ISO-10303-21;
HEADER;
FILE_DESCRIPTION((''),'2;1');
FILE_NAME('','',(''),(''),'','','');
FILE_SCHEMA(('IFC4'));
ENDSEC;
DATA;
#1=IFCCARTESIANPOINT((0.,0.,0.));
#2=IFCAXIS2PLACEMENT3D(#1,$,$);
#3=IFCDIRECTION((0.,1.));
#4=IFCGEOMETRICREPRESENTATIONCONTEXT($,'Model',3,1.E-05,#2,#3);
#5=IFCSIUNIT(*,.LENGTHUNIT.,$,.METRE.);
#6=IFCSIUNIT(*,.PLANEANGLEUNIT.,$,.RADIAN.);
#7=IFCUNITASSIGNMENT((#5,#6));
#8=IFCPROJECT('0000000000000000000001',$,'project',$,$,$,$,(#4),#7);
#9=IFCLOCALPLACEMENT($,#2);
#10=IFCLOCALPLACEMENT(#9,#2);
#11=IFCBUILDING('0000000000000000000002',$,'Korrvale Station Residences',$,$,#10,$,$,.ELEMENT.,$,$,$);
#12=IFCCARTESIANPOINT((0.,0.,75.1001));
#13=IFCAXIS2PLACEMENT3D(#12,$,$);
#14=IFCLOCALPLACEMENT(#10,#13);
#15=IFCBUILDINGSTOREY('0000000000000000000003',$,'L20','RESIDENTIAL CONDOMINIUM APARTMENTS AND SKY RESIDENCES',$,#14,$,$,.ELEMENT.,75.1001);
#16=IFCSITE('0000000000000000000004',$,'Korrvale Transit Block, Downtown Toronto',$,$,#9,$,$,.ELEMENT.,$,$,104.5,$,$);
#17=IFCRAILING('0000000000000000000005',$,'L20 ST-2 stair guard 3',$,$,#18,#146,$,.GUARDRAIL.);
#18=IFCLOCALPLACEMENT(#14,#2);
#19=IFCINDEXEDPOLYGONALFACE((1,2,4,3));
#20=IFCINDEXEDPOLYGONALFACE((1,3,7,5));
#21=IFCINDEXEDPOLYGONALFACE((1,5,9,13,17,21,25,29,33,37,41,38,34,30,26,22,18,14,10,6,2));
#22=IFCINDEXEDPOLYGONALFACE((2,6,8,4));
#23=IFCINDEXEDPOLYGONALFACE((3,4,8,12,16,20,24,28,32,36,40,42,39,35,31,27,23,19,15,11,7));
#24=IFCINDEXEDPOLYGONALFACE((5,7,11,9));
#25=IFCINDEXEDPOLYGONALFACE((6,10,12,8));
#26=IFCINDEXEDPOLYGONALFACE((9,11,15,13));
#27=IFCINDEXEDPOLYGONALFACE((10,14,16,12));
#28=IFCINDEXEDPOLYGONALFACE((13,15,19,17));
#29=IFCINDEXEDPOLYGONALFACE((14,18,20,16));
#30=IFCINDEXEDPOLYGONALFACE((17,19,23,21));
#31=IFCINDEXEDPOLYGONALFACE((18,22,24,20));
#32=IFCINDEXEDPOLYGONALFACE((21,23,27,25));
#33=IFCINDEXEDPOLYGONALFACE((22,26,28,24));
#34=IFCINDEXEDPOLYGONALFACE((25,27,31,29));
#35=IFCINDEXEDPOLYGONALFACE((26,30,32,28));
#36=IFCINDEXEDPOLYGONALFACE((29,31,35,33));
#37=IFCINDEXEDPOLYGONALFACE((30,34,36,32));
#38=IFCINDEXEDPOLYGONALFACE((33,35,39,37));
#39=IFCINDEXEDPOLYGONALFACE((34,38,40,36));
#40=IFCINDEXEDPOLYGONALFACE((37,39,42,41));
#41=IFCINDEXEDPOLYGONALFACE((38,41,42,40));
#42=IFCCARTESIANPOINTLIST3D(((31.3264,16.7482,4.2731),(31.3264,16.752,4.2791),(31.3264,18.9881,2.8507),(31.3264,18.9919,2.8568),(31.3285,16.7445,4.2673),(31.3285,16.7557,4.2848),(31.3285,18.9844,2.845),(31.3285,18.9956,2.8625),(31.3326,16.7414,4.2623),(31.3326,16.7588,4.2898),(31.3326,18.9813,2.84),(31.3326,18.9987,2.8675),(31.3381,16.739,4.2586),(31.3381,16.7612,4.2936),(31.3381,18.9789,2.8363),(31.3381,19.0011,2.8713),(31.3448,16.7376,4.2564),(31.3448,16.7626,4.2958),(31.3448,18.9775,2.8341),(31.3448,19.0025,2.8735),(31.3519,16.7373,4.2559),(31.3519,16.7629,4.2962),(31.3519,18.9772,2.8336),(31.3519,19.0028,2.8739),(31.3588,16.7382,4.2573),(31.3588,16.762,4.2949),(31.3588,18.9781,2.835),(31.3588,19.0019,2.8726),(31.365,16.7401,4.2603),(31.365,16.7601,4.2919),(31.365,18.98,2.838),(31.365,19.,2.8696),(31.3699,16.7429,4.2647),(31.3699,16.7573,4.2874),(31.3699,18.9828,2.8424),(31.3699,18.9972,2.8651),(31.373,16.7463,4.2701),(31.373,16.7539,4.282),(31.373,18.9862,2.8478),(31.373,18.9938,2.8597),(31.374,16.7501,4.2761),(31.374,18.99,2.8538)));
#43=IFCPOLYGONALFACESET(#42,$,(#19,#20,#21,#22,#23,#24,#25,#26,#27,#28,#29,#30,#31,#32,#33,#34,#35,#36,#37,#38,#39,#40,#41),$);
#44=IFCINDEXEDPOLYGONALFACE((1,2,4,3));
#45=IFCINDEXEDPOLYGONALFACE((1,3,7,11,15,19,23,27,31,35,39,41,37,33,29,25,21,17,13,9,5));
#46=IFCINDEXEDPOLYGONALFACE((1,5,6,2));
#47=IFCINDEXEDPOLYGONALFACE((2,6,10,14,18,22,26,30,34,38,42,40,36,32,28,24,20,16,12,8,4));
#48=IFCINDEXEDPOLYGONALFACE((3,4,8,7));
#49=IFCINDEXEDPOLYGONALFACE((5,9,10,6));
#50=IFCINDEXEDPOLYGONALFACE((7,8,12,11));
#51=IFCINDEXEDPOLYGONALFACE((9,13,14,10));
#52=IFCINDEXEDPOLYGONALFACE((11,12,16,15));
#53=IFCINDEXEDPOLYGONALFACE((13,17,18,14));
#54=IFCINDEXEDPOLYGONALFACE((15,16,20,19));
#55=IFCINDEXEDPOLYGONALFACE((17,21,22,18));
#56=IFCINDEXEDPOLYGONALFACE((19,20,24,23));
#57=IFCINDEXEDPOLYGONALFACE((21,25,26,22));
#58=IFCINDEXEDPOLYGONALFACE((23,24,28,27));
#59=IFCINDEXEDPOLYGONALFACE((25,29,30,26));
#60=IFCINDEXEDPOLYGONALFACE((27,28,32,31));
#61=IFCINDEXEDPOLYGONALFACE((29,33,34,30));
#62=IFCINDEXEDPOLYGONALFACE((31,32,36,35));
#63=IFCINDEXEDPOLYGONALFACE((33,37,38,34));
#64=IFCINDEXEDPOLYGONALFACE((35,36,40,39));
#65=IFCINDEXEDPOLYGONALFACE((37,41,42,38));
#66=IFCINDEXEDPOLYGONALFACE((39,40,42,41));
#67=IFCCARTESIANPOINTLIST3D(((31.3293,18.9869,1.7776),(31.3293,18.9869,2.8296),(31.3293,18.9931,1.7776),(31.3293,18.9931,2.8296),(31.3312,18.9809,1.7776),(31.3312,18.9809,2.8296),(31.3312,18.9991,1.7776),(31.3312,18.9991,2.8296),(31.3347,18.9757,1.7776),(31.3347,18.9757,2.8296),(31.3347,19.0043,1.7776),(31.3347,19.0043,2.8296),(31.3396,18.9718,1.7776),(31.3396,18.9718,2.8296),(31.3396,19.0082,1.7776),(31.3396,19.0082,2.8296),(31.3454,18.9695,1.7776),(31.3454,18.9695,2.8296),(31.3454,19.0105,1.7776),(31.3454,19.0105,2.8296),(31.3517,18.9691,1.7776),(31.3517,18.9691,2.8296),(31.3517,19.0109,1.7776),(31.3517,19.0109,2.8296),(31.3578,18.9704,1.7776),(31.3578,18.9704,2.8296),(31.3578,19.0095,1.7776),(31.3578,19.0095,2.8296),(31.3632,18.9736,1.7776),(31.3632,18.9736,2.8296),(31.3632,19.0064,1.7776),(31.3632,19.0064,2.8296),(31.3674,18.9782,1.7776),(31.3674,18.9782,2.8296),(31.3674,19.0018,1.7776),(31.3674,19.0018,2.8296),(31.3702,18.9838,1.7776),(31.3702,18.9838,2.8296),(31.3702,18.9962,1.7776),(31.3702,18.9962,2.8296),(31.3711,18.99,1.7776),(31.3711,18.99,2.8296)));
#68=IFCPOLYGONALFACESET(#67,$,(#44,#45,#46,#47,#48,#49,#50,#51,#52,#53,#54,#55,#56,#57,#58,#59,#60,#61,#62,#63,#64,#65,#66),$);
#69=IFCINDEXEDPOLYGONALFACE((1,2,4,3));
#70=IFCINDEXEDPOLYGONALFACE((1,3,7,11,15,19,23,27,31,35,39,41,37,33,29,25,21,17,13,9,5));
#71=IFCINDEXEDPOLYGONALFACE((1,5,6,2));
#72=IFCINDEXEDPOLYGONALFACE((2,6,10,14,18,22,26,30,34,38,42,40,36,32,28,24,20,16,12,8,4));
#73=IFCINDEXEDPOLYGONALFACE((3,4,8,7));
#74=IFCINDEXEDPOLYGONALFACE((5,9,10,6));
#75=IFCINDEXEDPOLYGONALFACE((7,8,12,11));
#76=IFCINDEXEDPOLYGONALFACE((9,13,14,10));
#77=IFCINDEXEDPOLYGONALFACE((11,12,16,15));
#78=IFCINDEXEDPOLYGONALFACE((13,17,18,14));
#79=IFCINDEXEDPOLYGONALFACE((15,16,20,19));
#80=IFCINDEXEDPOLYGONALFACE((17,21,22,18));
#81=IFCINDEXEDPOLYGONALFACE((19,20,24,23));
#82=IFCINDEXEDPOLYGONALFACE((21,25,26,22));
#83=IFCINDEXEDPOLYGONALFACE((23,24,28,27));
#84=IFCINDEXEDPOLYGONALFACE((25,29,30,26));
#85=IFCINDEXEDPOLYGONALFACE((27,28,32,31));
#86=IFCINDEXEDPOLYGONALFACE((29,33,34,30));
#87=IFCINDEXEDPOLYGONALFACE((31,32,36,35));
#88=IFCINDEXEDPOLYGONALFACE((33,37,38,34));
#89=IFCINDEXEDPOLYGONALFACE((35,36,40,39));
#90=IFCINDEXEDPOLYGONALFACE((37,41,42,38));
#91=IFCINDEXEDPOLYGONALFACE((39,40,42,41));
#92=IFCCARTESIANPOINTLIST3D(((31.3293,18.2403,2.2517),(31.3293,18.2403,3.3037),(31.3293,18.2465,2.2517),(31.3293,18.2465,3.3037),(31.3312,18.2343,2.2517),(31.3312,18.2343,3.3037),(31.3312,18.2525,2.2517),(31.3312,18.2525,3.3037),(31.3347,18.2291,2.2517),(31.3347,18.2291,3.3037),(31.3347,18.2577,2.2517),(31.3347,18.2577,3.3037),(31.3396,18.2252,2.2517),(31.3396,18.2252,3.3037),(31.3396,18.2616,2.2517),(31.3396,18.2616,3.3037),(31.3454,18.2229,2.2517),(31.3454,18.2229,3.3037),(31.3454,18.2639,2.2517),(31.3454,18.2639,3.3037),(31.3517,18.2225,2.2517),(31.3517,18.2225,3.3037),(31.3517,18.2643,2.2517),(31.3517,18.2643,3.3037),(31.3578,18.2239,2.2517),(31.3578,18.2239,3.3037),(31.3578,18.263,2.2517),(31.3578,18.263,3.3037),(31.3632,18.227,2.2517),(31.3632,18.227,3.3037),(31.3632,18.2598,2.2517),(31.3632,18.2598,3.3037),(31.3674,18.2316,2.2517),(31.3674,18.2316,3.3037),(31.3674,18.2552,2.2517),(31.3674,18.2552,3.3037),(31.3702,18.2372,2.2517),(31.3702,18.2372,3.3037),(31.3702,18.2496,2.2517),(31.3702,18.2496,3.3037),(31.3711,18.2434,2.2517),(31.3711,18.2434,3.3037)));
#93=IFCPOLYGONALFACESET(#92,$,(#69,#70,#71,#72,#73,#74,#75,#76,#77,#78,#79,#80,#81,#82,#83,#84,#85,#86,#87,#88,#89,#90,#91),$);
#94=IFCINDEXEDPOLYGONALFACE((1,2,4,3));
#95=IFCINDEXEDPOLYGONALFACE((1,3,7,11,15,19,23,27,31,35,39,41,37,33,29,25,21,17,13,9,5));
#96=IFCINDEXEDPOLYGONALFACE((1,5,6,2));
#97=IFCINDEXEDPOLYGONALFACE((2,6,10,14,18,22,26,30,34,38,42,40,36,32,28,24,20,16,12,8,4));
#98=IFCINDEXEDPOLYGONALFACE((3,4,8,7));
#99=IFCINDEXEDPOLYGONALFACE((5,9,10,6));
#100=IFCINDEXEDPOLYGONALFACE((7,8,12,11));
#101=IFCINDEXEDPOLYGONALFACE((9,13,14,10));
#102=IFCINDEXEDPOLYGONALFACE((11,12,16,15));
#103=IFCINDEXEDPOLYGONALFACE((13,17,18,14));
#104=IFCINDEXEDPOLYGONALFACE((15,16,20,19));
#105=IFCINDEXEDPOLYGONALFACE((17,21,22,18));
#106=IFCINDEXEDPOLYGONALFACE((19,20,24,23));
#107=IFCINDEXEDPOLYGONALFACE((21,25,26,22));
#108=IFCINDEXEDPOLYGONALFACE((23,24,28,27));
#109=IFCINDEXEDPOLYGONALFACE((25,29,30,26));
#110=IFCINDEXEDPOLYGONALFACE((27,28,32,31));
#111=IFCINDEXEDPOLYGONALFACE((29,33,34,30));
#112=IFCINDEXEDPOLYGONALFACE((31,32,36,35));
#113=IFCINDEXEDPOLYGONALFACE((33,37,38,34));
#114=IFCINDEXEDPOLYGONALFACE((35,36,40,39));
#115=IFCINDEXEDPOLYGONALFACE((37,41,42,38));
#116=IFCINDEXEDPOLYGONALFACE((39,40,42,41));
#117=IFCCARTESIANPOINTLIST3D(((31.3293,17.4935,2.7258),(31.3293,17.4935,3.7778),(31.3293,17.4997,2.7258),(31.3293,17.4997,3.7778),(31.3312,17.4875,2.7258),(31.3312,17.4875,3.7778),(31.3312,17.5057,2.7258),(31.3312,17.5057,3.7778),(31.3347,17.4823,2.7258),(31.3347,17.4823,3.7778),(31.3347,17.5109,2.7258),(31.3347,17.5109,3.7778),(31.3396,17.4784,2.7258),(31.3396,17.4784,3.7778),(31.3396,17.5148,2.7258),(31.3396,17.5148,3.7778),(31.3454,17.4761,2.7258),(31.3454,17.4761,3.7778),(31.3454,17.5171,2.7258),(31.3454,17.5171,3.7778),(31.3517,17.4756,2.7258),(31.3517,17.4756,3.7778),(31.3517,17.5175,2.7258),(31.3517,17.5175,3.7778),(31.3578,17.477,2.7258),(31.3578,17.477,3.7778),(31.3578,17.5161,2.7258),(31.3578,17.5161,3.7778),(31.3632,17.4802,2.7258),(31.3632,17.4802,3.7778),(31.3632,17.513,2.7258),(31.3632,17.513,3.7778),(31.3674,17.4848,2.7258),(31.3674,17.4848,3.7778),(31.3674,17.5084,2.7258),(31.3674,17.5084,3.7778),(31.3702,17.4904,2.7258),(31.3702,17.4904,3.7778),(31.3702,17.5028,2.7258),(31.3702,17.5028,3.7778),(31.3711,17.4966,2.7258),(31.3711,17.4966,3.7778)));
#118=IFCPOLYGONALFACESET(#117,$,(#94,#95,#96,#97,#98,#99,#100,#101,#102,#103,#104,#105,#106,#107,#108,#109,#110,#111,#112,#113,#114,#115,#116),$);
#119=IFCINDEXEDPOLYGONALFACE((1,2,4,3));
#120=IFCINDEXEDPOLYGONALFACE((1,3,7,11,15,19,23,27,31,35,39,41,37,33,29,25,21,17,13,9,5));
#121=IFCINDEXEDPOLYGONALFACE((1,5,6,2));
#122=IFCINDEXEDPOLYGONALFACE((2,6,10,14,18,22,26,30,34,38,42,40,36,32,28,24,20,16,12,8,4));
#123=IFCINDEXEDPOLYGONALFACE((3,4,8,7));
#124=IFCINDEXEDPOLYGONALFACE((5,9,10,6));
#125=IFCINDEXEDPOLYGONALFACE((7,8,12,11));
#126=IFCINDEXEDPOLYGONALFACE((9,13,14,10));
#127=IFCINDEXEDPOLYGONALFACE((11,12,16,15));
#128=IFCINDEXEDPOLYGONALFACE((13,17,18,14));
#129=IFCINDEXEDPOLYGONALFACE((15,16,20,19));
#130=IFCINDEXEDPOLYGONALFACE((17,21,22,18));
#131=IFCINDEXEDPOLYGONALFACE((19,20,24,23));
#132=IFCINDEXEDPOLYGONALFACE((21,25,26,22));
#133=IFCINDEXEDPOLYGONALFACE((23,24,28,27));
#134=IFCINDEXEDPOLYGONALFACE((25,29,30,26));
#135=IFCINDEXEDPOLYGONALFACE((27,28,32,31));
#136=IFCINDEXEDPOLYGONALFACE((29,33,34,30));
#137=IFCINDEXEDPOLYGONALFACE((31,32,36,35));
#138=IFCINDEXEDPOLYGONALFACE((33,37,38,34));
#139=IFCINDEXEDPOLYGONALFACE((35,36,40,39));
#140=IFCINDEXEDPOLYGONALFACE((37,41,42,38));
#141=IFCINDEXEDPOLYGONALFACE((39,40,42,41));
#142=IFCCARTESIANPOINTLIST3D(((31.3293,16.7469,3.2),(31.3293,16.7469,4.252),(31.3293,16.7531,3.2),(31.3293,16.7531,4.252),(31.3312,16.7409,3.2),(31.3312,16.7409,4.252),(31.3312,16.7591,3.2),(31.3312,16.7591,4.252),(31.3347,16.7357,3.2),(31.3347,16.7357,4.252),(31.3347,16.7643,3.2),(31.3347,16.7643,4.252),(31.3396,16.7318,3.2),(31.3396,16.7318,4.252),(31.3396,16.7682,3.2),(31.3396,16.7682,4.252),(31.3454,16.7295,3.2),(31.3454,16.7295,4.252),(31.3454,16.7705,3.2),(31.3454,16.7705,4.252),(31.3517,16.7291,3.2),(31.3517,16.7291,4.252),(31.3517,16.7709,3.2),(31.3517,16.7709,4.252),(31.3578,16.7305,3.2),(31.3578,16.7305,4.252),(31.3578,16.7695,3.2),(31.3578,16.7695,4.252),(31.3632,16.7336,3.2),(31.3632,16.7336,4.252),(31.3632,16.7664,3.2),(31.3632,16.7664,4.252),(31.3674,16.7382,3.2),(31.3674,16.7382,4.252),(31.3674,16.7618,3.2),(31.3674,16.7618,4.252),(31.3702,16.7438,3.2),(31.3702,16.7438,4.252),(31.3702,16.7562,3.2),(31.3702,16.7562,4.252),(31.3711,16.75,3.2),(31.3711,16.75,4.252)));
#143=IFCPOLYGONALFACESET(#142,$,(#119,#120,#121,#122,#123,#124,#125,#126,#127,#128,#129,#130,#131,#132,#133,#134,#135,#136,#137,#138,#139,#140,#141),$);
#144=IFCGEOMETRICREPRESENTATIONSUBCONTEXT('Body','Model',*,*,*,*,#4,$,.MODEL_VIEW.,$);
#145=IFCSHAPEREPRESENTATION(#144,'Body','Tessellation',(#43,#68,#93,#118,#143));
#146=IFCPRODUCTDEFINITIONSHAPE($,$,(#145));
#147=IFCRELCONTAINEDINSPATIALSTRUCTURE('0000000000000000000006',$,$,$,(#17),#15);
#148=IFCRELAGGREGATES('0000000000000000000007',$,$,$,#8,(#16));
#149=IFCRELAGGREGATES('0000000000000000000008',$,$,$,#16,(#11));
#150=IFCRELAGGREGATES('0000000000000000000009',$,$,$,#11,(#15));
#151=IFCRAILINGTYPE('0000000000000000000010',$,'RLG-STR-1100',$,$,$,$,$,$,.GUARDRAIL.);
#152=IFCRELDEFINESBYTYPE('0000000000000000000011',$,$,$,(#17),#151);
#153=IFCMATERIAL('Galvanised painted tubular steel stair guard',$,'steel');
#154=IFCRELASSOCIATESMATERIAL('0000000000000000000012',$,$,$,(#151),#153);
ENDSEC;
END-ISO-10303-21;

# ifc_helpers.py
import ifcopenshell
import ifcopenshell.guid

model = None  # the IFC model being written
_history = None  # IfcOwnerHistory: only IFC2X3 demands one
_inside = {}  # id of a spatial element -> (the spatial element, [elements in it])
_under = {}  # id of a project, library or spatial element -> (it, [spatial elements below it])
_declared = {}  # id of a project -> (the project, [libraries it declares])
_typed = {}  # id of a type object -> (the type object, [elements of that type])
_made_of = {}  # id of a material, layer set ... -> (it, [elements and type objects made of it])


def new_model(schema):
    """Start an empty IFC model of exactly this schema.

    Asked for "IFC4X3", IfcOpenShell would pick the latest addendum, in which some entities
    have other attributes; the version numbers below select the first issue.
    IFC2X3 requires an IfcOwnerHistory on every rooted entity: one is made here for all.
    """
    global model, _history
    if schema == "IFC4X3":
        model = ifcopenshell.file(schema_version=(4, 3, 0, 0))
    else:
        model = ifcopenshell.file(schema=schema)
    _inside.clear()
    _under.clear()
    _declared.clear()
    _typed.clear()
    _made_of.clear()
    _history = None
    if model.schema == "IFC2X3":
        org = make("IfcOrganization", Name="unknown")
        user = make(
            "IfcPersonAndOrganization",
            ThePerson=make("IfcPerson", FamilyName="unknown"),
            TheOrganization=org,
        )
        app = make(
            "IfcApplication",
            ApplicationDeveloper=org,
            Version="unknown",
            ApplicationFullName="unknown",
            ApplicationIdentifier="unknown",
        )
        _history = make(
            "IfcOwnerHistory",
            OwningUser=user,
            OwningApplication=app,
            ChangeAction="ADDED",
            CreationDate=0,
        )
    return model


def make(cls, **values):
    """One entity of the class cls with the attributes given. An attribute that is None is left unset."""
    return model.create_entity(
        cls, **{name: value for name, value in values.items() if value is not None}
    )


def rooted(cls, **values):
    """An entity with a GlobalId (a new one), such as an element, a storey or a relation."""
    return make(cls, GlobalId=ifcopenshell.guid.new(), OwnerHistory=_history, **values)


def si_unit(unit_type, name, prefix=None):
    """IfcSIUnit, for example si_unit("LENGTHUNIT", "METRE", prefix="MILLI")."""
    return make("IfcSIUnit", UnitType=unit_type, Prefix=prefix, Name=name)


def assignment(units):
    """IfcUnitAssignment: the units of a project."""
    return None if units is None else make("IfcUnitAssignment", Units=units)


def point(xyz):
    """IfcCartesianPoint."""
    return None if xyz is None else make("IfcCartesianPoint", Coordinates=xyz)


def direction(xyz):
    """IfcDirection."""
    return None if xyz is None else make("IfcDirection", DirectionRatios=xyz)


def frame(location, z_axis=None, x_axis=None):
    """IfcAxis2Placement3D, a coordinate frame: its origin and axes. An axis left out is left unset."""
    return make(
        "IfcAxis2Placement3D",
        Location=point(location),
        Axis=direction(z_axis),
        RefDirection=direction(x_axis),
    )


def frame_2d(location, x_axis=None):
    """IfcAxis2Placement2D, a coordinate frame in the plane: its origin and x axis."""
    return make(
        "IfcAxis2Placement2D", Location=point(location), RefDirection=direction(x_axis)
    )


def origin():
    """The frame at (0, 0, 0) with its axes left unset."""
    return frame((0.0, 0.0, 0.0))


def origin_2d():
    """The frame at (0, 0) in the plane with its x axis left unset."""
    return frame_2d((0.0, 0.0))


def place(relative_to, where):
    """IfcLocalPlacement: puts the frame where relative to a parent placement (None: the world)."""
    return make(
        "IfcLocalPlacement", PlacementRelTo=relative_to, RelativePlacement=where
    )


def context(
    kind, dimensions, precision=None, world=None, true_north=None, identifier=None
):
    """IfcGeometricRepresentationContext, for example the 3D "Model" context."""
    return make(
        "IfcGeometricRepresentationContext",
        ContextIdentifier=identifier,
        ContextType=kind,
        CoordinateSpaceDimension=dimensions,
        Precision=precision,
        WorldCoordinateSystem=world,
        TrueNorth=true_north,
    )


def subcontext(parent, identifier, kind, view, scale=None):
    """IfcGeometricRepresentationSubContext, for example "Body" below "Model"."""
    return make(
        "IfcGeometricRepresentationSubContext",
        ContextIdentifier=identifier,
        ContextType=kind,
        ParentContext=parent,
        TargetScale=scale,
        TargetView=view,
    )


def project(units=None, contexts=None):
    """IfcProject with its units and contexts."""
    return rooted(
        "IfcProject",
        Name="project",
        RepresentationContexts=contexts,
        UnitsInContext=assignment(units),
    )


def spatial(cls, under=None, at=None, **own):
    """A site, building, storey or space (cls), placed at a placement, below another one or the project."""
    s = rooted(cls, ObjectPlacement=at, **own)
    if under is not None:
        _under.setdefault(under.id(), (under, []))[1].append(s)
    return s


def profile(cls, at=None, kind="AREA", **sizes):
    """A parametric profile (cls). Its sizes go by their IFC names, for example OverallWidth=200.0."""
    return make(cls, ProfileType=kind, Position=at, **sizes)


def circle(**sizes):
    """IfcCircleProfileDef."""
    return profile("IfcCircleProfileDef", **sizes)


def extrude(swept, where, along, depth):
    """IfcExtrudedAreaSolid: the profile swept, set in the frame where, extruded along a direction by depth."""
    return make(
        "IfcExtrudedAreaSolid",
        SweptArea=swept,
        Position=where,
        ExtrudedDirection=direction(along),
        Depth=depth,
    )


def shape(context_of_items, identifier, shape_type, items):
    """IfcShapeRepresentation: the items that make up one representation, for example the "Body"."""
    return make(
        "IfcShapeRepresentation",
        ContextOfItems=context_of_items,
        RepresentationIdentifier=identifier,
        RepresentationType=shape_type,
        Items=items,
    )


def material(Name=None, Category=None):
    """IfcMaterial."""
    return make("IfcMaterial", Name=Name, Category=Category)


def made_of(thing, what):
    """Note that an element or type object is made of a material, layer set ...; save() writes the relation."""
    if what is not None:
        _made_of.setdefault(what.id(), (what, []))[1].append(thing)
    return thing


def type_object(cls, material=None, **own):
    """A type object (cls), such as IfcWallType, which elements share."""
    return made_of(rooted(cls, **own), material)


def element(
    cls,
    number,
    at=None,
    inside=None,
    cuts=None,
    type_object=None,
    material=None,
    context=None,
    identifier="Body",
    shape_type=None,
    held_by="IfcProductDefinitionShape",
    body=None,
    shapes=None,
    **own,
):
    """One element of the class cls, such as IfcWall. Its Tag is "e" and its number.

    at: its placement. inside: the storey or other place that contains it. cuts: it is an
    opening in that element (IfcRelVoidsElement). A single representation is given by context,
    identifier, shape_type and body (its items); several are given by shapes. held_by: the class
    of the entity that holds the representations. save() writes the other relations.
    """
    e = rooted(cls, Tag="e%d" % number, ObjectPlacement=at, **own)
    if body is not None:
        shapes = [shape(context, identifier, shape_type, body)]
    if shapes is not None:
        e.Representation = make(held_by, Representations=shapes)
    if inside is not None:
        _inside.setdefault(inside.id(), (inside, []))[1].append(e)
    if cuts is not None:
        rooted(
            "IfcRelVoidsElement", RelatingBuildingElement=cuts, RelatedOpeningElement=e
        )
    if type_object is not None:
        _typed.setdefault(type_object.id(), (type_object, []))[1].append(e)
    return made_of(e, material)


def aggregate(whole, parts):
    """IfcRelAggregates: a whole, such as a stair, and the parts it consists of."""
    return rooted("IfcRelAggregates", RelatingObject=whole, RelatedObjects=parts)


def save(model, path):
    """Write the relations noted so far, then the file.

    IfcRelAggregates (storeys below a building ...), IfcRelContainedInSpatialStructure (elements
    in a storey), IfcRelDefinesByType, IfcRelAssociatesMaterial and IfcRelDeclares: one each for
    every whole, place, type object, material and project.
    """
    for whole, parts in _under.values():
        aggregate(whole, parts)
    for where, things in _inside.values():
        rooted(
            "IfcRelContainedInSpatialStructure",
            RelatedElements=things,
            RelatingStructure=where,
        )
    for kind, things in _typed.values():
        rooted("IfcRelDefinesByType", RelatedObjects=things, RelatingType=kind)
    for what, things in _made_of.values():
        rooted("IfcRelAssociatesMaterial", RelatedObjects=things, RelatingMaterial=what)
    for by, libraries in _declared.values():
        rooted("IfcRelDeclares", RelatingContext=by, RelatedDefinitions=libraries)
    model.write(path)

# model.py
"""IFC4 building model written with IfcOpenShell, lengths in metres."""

from ifc_helpers import new_model, si_unit, direction, frame, origin, origin_2d, place, context, subcontext, project, spatial, circle, extrude, material, type_object, element, save


model = new_model("IFC4")

# Units and contexts
model_context = context("Model", 3, precision=1e-05, world=origin(), true_north=direction((0.0, 1.0)))
body_context = subcontext(model_context, "Body", "Model", "MODEL_VIEW")
ifc_project = project(units=[si_unit("LENGTHUNIT", "METRE"), si_unit("PLANEANGLEUNIT", "RADIAN")], contexts=[model_context])

# Site, building, storey
site_placement = place(None, origin())
site = spatial("IfcSite", under=ifc_project, at=site_placement, Name="Korrvale Transit Block, Downtown Toronto", CompositionType="ELEMENT", RefElevation=104.5)
building_placement = place(site_placement, origin())
building = spatial("IfcBuilding", under=site, at=building_placement, Name="Korrvale Station Residences", CompositionType="ELEMENT")
storey_placement = place(building_placement, frame((0.0, 0.0, 75.1001)))
storey = spatial("IfcBuildingStorey", under=building, at=storey_placement, Name="L20", Description="RESIDENTIAL CONDOMINIUM APARTMENTS AND SKY RESIDENCES", CompositionType="ELEMENT", Elevation=75.1001)

# Railing
ifc_material_1 = material(Name="Galvanised painted tubular steel stair guard", Category="steel")
railing_type_1 = type_object("IfcRailingType", Name="RLG-STR-1100", PredefinedType="GUARDRAIL", material=ifc_material_1)
railing_1_placement = place(storey_placement, frame((31.3501, 18.99, 1.7776)))
element("IfcRailing", 1, at=railing_1_placement, inside=storey, type_object=railing_type_1, Name="L20 ST-2 stair guard 3", PredefinedType="GUARDRAIL", context=body_context, shape_type="SweptSolid", body=[
    extrude(circle(Radius=0.0239, at=origin_2d()), frame((0.0, 0.0, 1.0762), z_axis=(0.0, -0.844188, 0.536048), x_axis=(1.0, 0.0, 0.0)), (0.0, 0.0, 1.0), 2.6533),
    extrude(circle(Radius=0.021, at=origin_2d()), origin(), (0.0, 0.0, 1.0), 1.052),
    extrude(circle(Radius=0.021, at=origin_2d()), frame((0.0, -0.7466, 0.4741)), (0.0, 0.0, 1.0), 1.052),
    extrude(circle(Radius=0.021, at=origin_2d()), frame((0.0, -1.4934, 0.9482)), (0.0, 0.0, 1.0), 1.052),
    extrude(circle(Radius=0.021, at=origin_2d()), frame((0.0, -2.24, 1.4224)), (0.0, 0.0, 1.0), 1.052),
])

save(model, "model.ifc")
